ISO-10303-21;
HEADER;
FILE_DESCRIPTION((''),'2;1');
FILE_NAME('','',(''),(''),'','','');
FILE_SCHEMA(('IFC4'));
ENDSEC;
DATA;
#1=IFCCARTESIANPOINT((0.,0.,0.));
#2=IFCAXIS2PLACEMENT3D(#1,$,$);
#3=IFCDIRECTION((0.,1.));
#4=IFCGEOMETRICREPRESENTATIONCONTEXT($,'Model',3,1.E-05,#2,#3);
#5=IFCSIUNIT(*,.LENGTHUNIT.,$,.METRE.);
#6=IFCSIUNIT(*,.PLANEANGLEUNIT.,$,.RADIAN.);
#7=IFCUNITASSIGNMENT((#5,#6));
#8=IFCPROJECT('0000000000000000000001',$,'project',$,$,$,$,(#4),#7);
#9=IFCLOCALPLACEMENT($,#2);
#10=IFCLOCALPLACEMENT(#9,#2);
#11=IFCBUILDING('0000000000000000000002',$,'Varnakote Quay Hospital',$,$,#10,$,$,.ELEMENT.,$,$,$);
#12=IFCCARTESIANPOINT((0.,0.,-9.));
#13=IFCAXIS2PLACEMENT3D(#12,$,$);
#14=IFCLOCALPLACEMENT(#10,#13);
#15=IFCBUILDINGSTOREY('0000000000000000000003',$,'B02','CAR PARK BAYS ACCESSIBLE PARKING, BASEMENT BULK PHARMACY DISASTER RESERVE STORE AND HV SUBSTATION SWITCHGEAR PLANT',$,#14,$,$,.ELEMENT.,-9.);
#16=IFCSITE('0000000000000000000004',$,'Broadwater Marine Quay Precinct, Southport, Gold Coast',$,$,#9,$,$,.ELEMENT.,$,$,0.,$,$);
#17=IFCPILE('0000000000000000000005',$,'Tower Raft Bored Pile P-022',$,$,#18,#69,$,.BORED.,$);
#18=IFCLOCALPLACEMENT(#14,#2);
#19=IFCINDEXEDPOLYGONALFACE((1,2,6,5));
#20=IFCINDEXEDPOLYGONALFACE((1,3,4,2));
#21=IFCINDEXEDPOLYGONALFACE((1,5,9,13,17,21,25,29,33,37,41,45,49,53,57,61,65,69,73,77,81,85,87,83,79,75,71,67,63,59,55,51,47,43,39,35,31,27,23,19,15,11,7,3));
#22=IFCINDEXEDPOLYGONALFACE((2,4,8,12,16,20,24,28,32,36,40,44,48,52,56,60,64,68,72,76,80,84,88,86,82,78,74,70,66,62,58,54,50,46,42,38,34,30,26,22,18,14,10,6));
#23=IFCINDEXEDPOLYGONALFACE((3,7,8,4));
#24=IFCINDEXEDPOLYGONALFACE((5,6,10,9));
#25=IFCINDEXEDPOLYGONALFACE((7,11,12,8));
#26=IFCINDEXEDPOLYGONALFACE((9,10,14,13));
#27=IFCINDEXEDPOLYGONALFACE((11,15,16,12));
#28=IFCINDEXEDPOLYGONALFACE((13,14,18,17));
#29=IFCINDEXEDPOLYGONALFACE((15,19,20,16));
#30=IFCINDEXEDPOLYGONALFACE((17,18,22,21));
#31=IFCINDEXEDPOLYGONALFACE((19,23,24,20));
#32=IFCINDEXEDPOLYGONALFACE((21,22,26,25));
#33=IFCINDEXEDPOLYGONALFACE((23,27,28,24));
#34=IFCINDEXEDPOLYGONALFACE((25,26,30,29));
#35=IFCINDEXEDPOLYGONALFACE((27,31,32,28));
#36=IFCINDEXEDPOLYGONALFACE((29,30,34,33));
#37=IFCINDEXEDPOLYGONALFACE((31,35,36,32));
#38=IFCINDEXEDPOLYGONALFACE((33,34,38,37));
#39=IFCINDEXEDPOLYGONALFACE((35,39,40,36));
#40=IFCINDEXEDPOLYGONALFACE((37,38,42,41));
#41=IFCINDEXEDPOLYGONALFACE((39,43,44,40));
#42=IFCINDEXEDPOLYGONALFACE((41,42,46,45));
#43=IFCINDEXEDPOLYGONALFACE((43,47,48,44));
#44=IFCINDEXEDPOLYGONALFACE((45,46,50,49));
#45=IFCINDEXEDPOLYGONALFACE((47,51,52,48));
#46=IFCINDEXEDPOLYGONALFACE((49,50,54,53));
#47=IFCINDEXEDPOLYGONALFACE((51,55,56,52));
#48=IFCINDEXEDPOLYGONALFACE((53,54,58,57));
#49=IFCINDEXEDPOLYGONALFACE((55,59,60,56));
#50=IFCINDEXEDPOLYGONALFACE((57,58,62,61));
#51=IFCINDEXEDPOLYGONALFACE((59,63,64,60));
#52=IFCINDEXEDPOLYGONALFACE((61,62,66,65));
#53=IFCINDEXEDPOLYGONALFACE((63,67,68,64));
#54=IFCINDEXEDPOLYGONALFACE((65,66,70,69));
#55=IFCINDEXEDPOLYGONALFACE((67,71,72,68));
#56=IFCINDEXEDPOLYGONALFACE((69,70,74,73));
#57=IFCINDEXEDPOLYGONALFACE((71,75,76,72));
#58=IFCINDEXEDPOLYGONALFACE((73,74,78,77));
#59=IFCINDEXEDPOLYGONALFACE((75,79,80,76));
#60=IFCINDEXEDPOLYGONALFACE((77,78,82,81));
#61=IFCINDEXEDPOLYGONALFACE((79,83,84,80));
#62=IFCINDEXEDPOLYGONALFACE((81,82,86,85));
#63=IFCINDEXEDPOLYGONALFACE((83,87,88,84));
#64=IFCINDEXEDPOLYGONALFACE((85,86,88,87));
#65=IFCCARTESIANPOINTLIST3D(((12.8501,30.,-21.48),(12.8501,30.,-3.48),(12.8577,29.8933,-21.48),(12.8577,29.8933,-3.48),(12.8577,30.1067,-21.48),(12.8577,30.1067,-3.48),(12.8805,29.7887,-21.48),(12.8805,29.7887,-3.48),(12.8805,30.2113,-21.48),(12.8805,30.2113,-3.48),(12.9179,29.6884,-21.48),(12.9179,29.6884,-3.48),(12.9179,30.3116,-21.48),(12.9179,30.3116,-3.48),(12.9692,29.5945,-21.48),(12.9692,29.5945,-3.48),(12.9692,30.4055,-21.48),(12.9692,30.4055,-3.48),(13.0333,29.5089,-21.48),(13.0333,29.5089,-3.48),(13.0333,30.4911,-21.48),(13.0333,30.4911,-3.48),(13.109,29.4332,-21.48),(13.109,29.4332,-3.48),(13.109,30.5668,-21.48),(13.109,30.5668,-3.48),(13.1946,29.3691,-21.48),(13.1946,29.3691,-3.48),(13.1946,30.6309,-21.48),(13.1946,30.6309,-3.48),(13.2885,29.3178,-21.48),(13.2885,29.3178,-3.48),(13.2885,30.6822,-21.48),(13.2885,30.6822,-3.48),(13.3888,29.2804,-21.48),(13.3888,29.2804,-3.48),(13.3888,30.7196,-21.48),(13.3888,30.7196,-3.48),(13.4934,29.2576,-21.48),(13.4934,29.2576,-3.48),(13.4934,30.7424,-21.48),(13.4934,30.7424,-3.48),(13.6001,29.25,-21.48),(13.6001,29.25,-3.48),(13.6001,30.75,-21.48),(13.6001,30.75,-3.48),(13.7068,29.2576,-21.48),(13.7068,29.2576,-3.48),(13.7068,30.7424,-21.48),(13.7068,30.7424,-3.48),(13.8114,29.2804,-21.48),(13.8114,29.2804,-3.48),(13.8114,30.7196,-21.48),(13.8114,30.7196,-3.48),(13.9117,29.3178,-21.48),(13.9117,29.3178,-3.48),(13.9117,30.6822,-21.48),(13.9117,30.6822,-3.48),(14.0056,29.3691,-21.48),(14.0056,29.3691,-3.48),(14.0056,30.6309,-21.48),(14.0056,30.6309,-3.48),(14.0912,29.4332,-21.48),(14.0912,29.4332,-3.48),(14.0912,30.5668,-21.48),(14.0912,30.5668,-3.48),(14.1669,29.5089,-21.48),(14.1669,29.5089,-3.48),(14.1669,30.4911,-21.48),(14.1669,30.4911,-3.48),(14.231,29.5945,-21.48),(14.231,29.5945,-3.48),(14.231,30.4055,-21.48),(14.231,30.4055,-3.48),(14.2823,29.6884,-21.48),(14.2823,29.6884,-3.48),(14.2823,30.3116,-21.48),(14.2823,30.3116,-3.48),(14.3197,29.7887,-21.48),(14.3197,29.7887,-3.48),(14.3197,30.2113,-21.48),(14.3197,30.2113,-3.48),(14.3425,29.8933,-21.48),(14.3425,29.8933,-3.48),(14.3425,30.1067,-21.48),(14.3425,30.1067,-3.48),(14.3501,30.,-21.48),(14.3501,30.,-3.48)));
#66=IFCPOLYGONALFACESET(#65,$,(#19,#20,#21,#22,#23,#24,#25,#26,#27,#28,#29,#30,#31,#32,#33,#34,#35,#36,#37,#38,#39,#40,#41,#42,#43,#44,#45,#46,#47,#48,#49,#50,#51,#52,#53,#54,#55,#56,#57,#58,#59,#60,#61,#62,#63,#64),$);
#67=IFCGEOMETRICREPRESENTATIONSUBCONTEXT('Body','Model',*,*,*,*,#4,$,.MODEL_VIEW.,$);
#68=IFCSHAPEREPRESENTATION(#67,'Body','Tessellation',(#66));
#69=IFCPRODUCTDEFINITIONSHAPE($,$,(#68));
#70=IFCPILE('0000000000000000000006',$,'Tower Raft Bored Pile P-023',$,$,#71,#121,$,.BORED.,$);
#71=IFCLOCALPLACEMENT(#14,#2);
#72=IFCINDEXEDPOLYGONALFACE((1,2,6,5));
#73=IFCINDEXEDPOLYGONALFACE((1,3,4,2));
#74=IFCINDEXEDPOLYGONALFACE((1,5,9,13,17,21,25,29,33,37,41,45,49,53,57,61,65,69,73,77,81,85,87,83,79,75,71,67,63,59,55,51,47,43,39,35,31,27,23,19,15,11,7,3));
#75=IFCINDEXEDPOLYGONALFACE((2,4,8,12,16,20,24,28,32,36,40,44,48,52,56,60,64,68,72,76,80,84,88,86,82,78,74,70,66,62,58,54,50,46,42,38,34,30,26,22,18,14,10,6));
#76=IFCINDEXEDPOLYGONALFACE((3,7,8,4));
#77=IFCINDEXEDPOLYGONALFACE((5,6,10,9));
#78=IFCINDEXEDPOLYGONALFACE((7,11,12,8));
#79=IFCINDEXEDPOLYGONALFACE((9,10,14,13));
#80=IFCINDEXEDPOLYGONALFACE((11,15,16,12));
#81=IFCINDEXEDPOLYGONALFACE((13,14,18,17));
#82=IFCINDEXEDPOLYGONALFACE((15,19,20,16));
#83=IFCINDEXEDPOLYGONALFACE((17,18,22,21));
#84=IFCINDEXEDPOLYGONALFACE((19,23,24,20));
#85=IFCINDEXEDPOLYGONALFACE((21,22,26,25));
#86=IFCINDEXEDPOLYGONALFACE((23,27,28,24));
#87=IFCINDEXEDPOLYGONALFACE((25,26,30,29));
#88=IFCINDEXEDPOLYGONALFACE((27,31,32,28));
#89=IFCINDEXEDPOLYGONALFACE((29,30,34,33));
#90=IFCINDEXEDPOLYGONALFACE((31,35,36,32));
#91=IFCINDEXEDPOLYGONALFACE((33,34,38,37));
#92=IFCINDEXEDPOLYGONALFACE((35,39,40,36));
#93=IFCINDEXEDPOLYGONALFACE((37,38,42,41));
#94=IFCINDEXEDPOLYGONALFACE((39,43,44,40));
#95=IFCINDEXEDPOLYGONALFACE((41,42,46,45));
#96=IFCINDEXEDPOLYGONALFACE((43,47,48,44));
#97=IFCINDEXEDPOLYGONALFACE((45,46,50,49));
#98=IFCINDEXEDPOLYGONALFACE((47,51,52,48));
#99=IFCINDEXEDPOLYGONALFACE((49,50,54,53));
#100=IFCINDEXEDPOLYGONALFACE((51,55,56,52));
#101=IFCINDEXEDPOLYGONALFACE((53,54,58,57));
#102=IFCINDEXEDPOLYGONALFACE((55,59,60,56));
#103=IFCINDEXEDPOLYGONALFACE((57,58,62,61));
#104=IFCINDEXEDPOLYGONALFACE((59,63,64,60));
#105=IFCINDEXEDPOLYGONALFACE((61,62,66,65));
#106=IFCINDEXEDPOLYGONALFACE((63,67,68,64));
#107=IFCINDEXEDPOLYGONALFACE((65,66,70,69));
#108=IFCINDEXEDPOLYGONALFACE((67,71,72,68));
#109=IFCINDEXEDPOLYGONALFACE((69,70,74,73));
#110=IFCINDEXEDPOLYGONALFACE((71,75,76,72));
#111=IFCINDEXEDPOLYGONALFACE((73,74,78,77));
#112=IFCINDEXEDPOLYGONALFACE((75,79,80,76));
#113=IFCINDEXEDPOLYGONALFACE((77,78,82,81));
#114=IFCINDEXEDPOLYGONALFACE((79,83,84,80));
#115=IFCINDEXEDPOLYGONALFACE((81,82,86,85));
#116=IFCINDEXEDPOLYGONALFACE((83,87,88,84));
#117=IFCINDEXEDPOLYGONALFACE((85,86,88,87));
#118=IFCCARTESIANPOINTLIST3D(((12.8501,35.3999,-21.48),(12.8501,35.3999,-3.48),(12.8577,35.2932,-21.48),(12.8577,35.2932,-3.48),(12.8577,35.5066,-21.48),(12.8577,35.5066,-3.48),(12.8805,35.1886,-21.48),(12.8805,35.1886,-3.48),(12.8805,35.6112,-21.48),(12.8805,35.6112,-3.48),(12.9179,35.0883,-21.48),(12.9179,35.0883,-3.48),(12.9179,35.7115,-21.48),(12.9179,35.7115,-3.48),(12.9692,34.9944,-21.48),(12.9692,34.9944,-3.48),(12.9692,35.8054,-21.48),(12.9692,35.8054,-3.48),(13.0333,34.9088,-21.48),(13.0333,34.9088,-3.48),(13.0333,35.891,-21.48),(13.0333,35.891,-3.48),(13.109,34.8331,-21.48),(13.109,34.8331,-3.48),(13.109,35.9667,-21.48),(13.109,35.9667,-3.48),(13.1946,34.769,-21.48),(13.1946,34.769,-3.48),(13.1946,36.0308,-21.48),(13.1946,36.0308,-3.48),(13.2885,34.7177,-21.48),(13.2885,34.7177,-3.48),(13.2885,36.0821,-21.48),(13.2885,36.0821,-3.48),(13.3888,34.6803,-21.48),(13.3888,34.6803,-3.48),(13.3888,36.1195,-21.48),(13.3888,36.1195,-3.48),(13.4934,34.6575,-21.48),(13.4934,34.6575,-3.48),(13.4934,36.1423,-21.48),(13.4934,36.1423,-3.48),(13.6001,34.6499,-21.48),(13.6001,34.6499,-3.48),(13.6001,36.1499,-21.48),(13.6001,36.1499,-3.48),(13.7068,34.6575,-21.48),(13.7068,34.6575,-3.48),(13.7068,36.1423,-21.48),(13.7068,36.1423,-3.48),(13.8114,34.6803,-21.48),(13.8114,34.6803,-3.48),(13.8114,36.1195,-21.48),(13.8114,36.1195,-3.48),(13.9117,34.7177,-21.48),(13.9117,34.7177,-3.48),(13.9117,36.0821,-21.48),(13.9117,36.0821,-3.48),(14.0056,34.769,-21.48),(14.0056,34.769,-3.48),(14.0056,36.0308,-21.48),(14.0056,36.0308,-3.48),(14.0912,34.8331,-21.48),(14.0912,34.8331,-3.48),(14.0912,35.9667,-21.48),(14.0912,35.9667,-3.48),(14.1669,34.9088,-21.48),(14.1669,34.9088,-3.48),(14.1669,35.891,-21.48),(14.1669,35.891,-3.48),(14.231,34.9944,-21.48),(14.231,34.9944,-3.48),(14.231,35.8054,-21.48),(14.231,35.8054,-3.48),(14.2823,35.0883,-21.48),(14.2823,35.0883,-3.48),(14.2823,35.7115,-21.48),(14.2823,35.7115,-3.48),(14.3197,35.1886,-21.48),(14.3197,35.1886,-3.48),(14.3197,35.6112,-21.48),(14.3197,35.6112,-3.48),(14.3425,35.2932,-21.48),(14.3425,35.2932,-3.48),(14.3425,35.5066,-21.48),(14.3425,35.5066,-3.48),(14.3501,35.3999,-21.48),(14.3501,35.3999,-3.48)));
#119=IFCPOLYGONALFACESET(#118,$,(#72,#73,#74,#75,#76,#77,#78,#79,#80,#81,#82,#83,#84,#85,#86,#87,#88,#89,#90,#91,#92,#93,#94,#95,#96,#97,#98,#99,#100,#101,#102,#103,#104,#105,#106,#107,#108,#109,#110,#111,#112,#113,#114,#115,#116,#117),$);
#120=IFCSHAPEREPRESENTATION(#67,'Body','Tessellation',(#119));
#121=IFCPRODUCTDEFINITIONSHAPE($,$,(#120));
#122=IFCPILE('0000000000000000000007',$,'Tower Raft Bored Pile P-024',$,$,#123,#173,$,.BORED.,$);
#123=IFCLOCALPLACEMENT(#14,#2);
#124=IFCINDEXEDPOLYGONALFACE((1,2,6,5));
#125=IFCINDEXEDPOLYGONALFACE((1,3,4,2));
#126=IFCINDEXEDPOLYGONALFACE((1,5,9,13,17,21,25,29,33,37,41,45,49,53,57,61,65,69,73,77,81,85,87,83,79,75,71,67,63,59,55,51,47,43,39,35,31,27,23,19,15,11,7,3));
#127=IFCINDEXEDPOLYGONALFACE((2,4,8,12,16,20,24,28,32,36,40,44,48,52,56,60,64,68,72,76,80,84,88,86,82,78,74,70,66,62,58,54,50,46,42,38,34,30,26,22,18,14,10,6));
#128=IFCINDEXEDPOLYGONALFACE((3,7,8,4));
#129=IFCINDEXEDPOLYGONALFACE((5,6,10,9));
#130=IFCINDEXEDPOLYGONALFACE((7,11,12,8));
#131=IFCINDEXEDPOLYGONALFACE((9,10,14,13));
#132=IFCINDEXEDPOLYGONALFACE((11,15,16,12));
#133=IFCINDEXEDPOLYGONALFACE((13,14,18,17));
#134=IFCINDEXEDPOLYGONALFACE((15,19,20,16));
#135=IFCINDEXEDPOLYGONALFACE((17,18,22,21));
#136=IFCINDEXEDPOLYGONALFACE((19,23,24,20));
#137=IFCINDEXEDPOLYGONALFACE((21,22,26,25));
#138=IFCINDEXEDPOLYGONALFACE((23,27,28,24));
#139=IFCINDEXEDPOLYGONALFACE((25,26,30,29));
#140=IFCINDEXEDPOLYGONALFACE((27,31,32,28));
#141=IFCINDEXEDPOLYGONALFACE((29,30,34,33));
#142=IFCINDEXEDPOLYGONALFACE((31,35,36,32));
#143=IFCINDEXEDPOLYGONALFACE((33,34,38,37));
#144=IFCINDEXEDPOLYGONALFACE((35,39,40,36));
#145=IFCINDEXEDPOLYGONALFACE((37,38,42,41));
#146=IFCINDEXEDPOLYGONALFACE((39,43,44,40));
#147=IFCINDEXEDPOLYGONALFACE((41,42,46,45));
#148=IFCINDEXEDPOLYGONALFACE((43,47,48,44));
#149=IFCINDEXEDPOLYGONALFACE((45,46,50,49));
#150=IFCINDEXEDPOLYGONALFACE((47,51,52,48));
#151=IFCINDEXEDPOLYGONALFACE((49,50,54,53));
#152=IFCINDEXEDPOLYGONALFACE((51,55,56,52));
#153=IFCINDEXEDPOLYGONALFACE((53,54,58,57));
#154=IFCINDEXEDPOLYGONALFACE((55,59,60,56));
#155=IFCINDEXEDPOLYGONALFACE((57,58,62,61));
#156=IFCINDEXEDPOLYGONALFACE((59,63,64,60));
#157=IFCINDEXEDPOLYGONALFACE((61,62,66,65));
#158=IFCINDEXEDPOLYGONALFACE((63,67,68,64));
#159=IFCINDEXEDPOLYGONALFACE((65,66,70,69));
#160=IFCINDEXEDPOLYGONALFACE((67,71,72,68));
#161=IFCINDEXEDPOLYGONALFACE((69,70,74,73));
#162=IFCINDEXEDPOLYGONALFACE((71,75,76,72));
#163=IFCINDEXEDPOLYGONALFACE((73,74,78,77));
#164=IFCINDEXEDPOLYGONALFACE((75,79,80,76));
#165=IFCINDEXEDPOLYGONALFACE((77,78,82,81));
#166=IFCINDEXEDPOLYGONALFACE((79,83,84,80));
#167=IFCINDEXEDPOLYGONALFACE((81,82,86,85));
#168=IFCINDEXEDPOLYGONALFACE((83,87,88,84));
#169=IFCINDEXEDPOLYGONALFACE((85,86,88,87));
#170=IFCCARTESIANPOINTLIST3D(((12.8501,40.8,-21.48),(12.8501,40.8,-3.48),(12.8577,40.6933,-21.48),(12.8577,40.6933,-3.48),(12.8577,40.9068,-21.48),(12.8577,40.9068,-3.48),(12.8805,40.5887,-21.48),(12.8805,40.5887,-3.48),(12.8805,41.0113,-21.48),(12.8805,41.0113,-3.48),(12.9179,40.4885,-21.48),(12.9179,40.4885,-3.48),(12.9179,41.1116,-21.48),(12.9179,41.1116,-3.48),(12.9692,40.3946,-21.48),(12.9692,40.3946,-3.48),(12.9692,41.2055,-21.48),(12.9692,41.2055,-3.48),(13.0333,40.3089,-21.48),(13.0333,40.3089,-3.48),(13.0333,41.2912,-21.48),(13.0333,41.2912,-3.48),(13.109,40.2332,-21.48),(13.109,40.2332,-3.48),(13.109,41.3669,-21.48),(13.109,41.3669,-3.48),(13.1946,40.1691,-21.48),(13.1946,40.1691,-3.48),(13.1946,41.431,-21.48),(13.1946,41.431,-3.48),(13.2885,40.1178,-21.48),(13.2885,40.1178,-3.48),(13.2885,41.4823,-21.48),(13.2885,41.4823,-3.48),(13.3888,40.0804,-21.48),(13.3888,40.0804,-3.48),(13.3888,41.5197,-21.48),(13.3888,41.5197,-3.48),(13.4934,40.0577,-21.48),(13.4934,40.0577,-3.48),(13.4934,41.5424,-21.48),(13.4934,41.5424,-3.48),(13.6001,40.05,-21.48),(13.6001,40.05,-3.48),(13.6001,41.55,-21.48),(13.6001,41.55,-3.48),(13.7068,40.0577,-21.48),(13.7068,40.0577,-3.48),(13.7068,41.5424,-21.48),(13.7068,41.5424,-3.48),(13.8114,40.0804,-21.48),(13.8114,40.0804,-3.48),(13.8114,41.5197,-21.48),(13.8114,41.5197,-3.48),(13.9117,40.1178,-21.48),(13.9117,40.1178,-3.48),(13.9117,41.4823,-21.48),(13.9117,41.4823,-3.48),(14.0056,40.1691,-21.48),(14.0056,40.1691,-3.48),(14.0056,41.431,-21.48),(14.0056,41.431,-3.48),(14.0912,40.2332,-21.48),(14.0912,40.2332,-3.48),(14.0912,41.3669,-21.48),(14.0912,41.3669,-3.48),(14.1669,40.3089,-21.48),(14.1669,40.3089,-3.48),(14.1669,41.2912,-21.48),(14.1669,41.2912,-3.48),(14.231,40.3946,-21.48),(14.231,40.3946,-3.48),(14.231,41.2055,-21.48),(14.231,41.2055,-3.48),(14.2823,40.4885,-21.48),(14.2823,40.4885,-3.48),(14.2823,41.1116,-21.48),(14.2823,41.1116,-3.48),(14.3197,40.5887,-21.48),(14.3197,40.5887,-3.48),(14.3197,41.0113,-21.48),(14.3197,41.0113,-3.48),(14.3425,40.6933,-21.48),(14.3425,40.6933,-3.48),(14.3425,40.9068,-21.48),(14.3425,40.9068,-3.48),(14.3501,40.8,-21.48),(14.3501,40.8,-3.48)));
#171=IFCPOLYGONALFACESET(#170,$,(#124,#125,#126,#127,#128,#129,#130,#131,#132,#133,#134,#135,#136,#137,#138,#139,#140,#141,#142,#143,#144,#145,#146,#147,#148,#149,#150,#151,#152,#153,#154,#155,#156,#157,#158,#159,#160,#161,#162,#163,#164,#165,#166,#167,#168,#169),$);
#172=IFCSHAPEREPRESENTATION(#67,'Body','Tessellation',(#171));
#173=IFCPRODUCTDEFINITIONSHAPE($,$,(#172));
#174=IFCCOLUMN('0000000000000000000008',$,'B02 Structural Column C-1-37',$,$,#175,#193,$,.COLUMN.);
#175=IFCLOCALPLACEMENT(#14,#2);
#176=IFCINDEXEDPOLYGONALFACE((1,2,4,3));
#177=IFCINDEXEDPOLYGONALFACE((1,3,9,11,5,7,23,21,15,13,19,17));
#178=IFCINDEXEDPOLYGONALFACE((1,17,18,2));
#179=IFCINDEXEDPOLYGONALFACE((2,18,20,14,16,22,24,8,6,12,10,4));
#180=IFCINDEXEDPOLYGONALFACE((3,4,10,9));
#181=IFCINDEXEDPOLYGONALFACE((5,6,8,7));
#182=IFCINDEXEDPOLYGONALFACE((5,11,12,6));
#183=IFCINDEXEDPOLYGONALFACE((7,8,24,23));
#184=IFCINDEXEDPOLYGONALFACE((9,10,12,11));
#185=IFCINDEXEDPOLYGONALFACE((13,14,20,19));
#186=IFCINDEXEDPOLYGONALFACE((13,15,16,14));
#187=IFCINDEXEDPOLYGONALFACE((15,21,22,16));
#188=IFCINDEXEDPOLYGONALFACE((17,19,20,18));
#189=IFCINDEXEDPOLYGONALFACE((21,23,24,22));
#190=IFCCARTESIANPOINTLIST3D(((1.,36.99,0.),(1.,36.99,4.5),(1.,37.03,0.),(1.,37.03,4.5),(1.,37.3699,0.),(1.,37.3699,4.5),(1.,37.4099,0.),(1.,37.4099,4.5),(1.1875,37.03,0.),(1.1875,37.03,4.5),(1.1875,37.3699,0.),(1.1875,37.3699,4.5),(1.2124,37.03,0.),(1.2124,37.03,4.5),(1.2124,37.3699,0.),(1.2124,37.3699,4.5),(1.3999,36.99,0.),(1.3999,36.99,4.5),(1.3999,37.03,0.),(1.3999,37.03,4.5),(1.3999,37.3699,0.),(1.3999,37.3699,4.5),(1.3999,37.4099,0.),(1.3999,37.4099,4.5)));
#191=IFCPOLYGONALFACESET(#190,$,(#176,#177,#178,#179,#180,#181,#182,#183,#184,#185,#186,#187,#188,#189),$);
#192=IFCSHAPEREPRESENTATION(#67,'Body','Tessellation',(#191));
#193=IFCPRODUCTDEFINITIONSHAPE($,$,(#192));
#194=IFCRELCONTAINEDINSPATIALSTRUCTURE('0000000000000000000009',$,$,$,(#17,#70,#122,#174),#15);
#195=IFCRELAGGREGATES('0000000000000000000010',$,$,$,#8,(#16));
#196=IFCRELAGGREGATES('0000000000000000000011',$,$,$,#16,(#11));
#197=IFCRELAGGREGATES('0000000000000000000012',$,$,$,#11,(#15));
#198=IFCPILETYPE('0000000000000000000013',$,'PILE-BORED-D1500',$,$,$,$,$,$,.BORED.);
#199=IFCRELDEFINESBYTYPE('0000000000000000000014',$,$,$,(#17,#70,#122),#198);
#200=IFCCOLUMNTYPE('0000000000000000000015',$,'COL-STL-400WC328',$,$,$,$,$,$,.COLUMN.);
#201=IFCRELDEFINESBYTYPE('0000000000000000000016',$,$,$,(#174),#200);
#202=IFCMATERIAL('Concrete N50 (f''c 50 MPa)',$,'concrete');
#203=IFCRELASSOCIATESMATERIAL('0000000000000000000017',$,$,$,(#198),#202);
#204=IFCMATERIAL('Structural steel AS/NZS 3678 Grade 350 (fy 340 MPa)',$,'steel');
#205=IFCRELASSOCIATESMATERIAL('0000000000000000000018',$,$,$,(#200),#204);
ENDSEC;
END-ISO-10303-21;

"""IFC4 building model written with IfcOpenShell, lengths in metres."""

from ifc_helpers import new_model, si_unit, direction, frame, origin, origin_2d, place, context, subcontext, project, spatial, circle, i_section, extrude, material, material_profile, profile_set, type_object, element, save


model = new_model("IFC4")

# Units and contexts
model_context = context("Model", 3, precision=1e-05, world=origin(), true_north=direction((0.0, 1.0)))
body_context = subcontext(model_context, "Body", "Model", "MODEL_VIEW")
ifc_project = project(units=[si_unit("LENGTHUNIT", "METRE"), si_unit("PLANEANGLEUNIT", "RADIAN")], contexts=[model_context])

# Site, building, storey
site_placement = place(None, origin())
site = spatial("IfcSite", under=ifc_project, at=site_placement, Name="Broadwater Marine Quay Precinct, Southport, Gold Coast", CompositionType="ELEMENT", RefElevation=0.0)
building_placement = place(site_placement, origin())
building = spatial("IfcBuilding", under=site, at=building_placement, Name="Varnakote Quay Hospital", CompositionType="ELEMENT")
storey_placement = place(building_placement, frame((0.0, 0.0, -9.0)))
storey = spatial("IfcBuildingStorey", under=building, at=storey_placement, Name="B02", Description="CAR PARK BAYS ACCESSIBLE PARKING, BASEMENT BULK PHARMACY DISASTER RESERVE STORE AND HV SUBSTATION SWITCHGEAR PLANT", CompositionType="ELEMENT", Elevation=-9.0)

# Piles
ifc_material_1 = material(Name="Concrete N50 (f'c 50 MPa)", Category="concrete")
ifc_material_profile_1 = material_profile(ifc_material_1, circle(Radius=0.75, at=origin_2d()), Name="PILE-D1500")
ifc_profile_set_1 = profile_set([ifc_material_profile_1], Name="Concrete N50 (f'c 50 MPa)")
pile_type = type_object("IfcPileType", Name="PILE-BORED-D1500", PredefinedType="BORED", material=ifc_profile_set_1)
for number, where, z_axis, x_axis, name in (
    (1, (13.6001, 30.0, -3.48), (0.0, 0.0, -1.0), (1.0, 0.0, 0.0), "Tower Raft Bored Pile P-022"),
    (2, (13.6001, 35.3999, -3.48), (0.0, 0.0, -1.0), (1.0, 0.0, 0.0), "Tower Raft Bored Pile P-023"),
    (3, (13.6001, 40.8, -3.48), (0.0, 0.0, -1.0), (1.0, 0.0, 0.0), "Tower Raft Bored Pile P-024"),
):
    element("IfcPile", number, at=place(storey_placement, frame(where, z_axis=z_axis, x_axis=x_axis)), inside=storey, type_object=pile_type, Name=name, PredefinedType="BORED", context=body_context, shape_type="SweptSolid", body=[
        extrude(circle(Radius=0.75, at=origin_2d()), origin(), (0.0, 0.0, 1.0), 18.0),
    ])

# Column
ifc_material_2 = material(Name="Structural steel AS/NZS 3678 Grade 350 (fy 340 MPa)", Category="steel")
ifc_material_profile_2 = material_profile(ifc_material_2, i_section(OverallWidth=0.3999, OverallDepth=0.4199, WebThickness=0.0249, FlangeThickness=0.04, at=origin_2d()), Name="400WC328")
ifc_profile_set_2 = profile_set([ifc_material_profile_2], Name="Structural steel AS/NZS 3678 Grade 350 (fy 340 MPa)")
column_type = type_object("IfcColumnType", Name="COL-STL-400WC328", PredefinedType="COLUMN", material=ifc_profile_set_2)
for number, where, z_axis, x_axis, name in (
    (4, (1.2, 37.2, 0.0), (0.0, 0.0, 1.0), (1.0, 0.0, 0.0), "B02 Structural Column C-1-37"),
):
    element("IfcColumn", number, at=place(storey_placement, frame(where, z_axis=z_axis, x_axis=x_axis)), inside=storey, type_object=column_type, Name=name, PredefinedType="COLUMN", context=body_context, shape_type="SweptSolid", body=[
        extrude(i_section(OverallWidth=0.3999, OverallDepth=0.4199, WebThickness=0.0249, FlangeThickness=0.04, at=origin_2d()), origin(), (0.0, 0.0, 1.0), 4.5),
    ])

save(model, "model.ifc")
